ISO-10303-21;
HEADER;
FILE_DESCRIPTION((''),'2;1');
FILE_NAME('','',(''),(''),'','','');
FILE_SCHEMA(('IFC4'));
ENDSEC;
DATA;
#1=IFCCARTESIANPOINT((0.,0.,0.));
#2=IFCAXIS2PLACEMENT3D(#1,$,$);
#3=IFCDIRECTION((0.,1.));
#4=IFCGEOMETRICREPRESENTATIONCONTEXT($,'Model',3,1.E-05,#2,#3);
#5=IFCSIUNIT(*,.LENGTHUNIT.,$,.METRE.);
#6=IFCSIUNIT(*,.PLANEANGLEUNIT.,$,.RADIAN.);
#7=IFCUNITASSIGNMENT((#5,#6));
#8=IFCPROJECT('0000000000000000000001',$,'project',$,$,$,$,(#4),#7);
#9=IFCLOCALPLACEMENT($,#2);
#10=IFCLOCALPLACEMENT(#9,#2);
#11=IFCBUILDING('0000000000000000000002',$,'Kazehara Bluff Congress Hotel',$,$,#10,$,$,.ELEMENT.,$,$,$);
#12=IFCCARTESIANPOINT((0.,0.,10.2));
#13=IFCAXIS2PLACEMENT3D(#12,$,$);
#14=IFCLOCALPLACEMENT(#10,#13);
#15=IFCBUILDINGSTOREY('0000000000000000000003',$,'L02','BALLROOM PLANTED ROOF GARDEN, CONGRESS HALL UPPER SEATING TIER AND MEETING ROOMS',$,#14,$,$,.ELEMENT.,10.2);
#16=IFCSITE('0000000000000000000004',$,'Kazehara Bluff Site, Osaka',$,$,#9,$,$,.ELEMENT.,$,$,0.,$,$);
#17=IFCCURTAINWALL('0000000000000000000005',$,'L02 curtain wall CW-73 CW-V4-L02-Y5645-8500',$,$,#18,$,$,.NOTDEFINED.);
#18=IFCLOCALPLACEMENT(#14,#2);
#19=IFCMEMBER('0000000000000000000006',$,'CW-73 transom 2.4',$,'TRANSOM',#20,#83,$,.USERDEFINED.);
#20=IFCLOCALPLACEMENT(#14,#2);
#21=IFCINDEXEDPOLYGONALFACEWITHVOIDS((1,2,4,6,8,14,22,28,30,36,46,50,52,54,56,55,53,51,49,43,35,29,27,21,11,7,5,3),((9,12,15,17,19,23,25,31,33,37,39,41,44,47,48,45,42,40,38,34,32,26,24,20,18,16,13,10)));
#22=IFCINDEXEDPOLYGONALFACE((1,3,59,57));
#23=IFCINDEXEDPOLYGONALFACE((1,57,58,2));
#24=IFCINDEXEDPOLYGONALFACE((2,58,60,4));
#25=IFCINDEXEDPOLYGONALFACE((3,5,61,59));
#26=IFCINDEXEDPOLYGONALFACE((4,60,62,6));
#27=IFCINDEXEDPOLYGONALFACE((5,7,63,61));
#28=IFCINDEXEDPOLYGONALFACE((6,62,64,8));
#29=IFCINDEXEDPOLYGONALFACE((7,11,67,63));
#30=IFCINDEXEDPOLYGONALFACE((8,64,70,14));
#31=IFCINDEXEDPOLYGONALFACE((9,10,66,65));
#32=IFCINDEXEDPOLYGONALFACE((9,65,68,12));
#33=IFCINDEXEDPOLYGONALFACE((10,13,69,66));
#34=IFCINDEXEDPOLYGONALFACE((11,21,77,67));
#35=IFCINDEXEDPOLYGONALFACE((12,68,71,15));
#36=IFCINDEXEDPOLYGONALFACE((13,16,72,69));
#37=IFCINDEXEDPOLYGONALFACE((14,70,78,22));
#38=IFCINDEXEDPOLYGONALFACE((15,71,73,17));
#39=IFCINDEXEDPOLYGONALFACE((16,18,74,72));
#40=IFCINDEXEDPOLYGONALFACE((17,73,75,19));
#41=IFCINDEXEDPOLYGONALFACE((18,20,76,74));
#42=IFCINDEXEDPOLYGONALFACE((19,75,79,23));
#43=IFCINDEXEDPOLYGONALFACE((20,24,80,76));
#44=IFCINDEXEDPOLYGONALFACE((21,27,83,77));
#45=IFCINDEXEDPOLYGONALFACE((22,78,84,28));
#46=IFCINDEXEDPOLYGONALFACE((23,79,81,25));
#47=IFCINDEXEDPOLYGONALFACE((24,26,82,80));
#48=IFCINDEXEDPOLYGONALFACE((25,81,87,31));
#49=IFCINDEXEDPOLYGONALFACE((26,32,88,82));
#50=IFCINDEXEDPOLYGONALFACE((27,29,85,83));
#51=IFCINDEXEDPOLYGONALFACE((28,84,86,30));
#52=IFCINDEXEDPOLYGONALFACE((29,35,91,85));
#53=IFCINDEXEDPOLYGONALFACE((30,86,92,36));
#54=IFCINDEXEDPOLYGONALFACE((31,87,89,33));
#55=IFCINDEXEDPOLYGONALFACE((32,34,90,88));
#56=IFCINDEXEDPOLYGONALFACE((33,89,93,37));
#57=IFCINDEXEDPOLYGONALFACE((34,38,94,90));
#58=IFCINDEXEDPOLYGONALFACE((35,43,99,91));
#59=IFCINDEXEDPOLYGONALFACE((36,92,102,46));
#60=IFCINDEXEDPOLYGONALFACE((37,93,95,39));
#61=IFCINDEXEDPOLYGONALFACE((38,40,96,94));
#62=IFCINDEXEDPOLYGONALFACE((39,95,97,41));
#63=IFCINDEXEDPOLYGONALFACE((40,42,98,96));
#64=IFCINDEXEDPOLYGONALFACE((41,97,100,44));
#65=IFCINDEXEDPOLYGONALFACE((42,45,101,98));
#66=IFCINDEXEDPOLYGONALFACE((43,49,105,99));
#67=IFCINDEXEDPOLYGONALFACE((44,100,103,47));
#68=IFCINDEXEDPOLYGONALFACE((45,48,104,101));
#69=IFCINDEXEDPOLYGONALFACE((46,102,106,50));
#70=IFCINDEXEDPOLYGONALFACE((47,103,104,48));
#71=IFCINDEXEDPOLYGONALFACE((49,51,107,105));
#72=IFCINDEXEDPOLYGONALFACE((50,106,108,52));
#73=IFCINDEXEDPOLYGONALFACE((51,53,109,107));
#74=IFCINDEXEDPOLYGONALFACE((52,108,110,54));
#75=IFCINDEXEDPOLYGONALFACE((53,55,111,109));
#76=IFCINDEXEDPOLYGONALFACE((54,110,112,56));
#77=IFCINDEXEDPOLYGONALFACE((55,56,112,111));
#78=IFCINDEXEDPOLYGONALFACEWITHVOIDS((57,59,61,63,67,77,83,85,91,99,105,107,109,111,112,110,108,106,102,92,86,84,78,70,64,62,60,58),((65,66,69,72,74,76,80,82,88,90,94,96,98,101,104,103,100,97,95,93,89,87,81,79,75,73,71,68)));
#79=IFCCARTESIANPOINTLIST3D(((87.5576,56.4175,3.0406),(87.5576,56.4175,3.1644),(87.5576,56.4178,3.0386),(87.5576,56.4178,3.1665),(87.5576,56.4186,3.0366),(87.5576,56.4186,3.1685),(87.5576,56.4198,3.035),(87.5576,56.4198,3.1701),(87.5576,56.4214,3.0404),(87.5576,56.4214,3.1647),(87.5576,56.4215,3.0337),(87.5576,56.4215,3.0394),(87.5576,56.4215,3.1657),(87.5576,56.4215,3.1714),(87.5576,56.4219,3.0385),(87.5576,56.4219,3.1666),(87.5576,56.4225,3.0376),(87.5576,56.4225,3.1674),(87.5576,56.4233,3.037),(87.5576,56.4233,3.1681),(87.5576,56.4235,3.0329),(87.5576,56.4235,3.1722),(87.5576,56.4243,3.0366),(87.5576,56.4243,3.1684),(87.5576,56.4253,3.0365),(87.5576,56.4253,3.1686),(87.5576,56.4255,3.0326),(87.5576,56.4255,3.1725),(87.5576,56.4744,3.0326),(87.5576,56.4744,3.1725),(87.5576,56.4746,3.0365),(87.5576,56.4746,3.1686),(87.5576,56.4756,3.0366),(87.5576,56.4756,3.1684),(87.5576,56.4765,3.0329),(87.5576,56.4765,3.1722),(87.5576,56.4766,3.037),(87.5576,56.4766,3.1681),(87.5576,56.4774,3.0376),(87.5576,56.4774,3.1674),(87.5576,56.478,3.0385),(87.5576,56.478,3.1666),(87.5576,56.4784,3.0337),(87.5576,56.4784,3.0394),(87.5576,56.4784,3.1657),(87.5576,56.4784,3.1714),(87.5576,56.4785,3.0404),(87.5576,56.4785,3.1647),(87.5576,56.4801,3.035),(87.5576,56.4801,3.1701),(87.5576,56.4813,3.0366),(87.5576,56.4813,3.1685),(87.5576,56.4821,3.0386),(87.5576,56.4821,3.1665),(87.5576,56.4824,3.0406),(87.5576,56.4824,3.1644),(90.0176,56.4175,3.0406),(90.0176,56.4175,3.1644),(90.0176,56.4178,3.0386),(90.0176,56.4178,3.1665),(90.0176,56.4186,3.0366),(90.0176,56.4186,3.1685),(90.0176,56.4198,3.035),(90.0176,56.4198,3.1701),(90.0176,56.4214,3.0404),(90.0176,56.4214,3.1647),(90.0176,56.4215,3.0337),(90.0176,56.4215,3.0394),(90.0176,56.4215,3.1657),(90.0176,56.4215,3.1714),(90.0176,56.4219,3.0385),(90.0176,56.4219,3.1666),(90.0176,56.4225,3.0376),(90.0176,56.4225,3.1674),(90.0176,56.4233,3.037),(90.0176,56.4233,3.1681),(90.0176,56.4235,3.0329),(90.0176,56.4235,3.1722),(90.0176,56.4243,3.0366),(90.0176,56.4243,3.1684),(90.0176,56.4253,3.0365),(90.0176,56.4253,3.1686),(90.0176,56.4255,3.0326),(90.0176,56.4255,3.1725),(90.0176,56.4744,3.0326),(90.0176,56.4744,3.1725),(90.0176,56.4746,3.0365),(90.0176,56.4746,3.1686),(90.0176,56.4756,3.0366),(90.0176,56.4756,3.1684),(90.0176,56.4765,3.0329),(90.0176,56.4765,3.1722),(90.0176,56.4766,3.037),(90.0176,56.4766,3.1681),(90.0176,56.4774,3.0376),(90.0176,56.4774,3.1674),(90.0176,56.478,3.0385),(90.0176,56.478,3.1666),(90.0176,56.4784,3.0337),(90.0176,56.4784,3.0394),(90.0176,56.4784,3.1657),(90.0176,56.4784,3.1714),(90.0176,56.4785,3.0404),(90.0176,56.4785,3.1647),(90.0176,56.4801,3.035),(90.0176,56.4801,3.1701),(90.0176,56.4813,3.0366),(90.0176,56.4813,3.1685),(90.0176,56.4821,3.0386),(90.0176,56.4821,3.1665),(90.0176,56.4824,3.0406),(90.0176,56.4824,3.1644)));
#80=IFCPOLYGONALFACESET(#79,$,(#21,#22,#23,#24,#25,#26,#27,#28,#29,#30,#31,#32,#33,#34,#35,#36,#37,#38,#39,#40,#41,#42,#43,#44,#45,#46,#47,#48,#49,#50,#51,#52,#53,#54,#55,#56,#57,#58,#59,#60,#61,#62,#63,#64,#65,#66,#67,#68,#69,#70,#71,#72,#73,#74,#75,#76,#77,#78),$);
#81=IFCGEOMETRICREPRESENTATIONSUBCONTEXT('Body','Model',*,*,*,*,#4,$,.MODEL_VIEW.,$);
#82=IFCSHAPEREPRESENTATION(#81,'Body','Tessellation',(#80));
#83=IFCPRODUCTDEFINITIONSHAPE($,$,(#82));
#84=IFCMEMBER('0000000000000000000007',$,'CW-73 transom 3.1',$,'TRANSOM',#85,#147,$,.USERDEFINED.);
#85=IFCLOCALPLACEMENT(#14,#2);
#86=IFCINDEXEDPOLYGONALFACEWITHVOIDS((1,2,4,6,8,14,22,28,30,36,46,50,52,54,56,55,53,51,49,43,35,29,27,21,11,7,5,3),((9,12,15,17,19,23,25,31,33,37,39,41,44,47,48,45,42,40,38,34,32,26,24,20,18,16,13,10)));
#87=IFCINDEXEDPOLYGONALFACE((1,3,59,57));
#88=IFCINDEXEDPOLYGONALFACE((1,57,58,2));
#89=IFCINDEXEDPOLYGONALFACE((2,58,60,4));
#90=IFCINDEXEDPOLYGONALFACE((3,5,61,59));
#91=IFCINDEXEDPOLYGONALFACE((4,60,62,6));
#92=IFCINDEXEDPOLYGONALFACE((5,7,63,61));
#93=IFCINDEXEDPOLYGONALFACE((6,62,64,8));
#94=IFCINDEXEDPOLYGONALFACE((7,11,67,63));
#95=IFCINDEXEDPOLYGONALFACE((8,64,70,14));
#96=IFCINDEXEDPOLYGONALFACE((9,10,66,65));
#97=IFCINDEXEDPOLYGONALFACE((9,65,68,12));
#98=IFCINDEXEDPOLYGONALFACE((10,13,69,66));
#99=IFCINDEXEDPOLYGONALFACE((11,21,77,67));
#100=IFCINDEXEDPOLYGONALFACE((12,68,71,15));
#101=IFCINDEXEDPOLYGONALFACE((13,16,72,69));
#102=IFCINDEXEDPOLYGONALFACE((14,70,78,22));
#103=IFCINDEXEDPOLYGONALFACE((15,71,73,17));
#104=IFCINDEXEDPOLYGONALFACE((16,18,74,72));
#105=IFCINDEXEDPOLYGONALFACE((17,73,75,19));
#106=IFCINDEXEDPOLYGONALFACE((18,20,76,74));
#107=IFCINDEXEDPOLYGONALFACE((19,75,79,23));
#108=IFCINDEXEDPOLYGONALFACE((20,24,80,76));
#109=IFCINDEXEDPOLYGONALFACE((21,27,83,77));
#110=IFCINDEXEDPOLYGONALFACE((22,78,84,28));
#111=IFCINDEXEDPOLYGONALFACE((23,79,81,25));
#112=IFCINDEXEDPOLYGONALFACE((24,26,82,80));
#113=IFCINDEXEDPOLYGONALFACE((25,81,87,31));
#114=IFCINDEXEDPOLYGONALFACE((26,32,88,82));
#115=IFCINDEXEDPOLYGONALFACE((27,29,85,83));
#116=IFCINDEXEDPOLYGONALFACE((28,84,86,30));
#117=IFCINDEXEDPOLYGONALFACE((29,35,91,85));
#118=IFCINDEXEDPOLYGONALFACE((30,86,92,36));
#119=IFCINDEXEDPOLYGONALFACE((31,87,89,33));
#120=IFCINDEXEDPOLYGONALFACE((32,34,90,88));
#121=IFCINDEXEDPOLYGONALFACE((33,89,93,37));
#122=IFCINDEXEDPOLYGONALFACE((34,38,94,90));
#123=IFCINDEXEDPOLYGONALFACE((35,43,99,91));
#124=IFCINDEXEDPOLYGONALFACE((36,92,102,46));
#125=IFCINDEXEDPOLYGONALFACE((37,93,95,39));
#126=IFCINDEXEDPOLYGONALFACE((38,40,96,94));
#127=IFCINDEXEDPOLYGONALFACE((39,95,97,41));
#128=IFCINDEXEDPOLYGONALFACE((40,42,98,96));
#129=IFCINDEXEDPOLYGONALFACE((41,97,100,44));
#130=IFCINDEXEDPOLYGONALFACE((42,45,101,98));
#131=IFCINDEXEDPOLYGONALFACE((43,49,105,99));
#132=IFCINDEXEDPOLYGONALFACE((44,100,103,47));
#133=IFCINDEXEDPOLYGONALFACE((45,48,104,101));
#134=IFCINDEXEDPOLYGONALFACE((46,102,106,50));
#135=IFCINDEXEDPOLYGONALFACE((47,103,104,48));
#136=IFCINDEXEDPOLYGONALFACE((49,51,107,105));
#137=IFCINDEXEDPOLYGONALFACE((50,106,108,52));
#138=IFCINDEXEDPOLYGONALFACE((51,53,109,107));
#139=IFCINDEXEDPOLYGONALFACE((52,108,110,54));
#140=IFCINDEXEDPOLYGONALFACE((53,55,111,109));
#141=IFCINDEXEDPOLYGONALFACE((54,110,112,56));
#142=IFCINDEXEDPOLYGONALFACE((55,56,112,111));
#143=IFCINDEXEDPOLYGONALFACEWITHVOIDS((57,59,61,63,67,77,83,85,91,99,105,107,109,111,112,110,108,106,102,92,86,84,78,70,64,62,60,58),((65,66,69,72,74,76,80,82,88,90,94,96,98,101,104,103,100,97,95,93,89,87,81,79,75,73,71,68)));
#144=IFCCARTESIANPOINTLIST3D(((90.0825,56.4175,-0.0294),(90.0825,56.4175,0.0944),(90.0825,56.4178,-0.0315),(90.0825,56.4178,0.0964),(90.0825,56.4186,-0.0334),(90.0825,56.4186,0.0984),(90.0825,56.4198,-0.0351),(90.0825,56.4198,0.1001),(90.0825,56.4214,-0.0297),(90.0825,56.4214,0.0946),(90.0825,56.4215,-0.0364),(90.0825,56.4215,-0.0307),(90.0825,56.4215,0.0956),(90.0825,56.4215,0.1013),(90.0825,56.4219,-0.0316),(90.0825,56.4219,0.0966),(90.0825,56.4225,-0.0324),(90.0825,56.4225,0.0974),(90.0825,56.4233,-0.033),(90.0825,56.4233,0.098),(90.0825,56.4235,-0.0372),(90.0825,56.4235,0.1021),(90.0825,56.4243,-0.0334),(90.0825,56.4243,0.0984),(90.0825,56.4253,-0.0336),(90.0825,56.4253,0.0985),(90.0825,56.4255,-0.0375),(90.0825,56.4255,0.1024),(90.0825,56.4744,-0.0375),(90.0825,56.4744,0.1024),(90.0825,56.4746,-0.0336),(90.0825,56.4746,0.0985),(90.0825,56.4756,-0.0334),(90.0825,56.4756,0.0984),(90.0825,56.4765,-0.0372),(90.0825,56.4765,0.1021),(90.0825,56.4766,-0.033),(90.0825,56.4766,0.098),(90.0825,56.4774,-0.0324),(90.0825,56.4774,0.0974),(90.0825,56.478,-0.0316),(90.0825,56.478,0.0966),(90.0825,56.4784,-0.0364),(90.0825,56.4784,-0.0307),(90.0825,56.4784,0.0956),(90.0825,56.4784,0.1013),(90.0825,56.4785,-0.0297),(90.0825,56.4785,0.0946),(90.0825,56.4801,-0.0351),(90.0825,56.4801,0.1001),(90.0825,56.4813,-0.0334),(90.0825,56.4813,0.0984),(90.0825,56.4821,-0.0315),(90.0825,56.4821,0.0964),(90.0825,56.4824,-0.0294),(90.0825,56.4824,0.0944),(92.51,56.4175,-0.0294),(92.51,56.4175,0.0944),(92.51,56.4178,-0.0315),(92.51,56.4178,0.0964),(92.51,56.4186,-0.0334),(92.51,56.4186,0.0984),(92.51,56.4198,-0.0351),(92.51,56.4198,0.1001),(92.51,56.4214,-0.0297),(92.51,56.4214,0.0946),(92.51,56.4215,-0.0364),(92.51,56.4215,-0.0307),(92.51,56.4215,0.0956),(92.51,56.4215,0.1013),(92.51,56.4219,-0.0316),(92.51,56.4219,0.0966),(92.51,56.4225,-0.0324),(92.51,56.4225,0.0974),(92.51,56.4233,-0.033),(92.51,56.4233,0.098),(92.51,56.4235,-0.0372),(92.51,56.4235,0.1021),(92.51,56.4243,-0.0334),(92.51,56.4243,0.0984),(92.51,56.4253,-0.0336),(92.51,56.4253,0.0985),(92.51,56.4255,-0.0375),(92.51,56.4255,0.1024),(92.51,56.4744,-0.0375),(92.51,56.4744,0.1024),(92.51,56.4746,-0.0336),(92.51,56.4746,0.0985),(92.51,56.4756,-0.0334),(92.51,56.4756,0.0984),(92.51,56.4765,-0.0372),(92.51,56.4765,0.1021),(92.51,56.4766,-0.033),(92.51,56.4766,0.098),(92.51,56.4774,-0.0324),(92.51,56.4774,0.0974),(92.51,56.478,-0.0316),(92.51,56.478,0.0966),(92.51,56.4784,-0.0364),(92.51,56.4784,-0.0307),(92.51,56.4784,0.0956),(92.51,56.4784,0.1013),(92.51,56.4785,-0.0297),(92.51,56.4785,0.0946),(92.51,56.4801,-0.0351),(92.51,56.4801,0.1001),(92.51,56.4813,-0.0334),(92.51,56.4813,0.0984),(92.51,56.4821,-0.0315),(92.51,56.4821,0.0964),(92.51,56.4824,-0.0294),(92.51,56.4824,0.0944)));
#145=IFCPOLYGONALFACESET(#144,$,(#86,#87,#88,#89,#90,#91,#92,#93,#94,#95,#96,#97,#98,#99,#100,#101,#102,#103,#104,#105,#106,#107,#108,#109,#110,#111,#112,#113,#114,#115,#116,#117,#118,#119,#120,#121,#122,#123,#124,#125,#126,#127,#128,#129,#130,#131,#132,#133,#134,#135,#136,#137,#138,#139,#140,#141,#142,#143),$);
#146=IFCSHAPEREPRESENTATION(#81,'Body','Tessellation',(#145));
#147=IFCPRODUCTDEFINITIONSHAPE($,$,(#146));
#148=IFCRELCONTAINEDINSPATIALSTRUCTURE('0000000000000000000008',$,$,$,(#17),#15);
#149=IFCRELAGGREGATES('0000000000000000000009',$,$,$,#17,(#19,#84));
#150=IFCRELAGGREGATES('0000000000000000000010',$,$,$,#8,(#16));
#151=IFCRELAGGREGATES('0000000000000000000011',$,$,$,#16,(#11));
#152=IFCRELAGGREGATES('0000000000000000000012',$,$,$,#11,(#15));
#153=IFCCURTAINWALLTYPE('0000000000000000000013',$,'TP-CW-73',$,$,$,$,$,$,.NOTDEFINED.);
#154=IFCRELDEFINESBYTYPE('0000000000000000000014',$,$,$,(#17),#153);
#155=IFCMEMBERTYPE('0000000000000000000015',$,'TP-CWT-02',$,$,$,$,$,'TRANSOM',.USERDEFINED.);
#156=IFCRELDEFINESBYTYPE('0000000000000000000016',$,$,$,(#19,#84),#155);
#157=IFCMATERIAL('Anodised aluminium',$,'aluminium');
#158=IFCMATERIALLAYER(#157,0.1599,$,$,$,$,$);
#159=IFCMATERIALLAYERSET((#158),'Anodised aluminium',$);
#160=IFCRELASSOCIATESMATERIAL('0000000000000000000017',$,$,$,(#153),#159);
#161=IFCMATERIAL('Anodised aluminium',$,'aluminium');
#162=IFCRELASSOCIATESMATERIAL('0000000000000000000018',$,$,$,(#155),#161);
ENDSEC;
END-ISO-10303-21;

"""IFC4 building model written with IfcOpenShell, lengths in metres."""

from ifc_helpers import new_model, si_unit, direction, frame, origin, origin_2d, place, context, subcontext, project, spatial, hollow_rectangle, extrude, material, layer, layer_set, material_profile, profile_set, type_object, element, aggregate, save


model = new_model("IFC4")

# Units and contexts
model_context = context("Model", 3, precision=1e-05, world=origin(), true_north=direction((0.0, 1.0)))
body_context = subcontext(model_context, "Body", "Model", "MODEL_VIEW")
ifc_project = project(units=[si_unit("LENGTHUNIT", "METRE"), si_unit("PLANEANGLEUNIT", "RADIAN")], contexts=[model_context])

# Site, building, storey
site_placement = place(None, origin())
site = spatial("IfcSite", under=ifc_project, at=site_placement, Name="Kazehara Bluff Site, Osaka", CompositionType="ELEMENT", RefElevation=0.0)
building_placement = place(site_placement, origin())
building = spatial("IfcBuilding", under=site, at=building_placement, Name="Kazehara Bluff Congress Hotel", CompositionType="ELEMENT")
storey_placement = place(building_placement, frame((0.0, 0.0, 10.2)))
storey = spatial("IfcBuildingStorey", under=building, at=storey_placement, Name="L02", Description="BALLROOM PLANTED ROOF GARDEN, CONGRESS HALL UPPER SEATING TIER AND MEETING ROOMS", CompositionType="ELEMENT", Elevation=10.2)

# Curtain wall, members
ifc_material_1 = material(Name="Anodised aluminium", Category="aluminium")
ifc_layer_1 = layer(ifc_material_1, 0.1599)
ifc_layer_set_1 = layer_set([ifc_layer_1], Name="Anodised aluminium")
curtain_wall_type = type_object("IfcCurtainWallType", Name="TP-CW-73", PredefinedType="NOTDEFINED", material=ifc_layer_set_1)
curtain_wall_placement = place(storey_placement, origin())
curtain_wall = element("IfcCurtainWall", 1, at=curtain_wall_placement, inside=storey, type_object=curtain_wall_type, Name="L02 curtain wall CW-73 CW-V4-L02-Y5645-8500", PredefinedType="NOTDEFINED")
ifc_material_2 = material(Name="Anodised aluminium", Category="aluminium")
ifc_material_profile_1 = material_profile(ifc_material_2, hollow_rectangle(XDim=0.0649, YDim=0.1399, WallThickness=0.0039, InnerFilletRadius=0.0039, OuterFilletRadius=0.0081, at=origin_2d()))
ifc_profile_set_1 = profile_set([ifc_material_profile_1], Name="Anodised aluminium")
member_type_1 = type_object("IfcMemberType", Name="TP-CWT-02", ElementType="TRANSOM", PredefinedType="USERDEFINED", material=ifc_profile_set_1)
member_1_placement = place(storey_placement, frame((87.5576, 56.45, 3.1025), z_axis=(1.0, 0.0, 0.0), x_axis=(0.0, 1.0, 0.0)))
member_1 = element("IfcMember", 2, at=member_1_placement, type_object=member_type_1, Name="CW-73 transom 2.4", ObjectType="TRANSOM", PredefinedType="USERDEFINED", context=body_context, shape_type="SweptSolid", body=[
    extrude(hollow_rectangle(XDim=0.0649, YDim=0.1399, WallThickness=0.0039, InnerFilletRadius=0.0039, OuterFilletRadius=0.0081, at=origin_2d()), origin(), (0.0, 0.0, 1.0), 2.46),
])
member_2_placement = place(storey_placement, frame((90.0825, 56.45, 0.0325), z_axis=(1.0, 0.0, 0.0), x_axis=(0.0, 1.0, 0.0)))
member_2 = element("IfcMember", 3, at=member_2_placement, type_object=member_type_1, Name="CW-73 transom 3.1", ObjectType="TRANSOM", PredefinedType="USERDEFINED", context=body_context, shape_type="SweptSolid", body=[
    extrude(hollow_rectangle(XDim=0.0649, YDim=0.1399, WallThickness=0.0039, InnerFilletRadius=0.0039, OuterFilletRadius=0.0081, at=origin_2d()), origin(), (0.0, 0.0, 1.0), 2.4275),
])
aggregate(curtain_wall, [member_1, member_2])

save(model, "model.ifc")
